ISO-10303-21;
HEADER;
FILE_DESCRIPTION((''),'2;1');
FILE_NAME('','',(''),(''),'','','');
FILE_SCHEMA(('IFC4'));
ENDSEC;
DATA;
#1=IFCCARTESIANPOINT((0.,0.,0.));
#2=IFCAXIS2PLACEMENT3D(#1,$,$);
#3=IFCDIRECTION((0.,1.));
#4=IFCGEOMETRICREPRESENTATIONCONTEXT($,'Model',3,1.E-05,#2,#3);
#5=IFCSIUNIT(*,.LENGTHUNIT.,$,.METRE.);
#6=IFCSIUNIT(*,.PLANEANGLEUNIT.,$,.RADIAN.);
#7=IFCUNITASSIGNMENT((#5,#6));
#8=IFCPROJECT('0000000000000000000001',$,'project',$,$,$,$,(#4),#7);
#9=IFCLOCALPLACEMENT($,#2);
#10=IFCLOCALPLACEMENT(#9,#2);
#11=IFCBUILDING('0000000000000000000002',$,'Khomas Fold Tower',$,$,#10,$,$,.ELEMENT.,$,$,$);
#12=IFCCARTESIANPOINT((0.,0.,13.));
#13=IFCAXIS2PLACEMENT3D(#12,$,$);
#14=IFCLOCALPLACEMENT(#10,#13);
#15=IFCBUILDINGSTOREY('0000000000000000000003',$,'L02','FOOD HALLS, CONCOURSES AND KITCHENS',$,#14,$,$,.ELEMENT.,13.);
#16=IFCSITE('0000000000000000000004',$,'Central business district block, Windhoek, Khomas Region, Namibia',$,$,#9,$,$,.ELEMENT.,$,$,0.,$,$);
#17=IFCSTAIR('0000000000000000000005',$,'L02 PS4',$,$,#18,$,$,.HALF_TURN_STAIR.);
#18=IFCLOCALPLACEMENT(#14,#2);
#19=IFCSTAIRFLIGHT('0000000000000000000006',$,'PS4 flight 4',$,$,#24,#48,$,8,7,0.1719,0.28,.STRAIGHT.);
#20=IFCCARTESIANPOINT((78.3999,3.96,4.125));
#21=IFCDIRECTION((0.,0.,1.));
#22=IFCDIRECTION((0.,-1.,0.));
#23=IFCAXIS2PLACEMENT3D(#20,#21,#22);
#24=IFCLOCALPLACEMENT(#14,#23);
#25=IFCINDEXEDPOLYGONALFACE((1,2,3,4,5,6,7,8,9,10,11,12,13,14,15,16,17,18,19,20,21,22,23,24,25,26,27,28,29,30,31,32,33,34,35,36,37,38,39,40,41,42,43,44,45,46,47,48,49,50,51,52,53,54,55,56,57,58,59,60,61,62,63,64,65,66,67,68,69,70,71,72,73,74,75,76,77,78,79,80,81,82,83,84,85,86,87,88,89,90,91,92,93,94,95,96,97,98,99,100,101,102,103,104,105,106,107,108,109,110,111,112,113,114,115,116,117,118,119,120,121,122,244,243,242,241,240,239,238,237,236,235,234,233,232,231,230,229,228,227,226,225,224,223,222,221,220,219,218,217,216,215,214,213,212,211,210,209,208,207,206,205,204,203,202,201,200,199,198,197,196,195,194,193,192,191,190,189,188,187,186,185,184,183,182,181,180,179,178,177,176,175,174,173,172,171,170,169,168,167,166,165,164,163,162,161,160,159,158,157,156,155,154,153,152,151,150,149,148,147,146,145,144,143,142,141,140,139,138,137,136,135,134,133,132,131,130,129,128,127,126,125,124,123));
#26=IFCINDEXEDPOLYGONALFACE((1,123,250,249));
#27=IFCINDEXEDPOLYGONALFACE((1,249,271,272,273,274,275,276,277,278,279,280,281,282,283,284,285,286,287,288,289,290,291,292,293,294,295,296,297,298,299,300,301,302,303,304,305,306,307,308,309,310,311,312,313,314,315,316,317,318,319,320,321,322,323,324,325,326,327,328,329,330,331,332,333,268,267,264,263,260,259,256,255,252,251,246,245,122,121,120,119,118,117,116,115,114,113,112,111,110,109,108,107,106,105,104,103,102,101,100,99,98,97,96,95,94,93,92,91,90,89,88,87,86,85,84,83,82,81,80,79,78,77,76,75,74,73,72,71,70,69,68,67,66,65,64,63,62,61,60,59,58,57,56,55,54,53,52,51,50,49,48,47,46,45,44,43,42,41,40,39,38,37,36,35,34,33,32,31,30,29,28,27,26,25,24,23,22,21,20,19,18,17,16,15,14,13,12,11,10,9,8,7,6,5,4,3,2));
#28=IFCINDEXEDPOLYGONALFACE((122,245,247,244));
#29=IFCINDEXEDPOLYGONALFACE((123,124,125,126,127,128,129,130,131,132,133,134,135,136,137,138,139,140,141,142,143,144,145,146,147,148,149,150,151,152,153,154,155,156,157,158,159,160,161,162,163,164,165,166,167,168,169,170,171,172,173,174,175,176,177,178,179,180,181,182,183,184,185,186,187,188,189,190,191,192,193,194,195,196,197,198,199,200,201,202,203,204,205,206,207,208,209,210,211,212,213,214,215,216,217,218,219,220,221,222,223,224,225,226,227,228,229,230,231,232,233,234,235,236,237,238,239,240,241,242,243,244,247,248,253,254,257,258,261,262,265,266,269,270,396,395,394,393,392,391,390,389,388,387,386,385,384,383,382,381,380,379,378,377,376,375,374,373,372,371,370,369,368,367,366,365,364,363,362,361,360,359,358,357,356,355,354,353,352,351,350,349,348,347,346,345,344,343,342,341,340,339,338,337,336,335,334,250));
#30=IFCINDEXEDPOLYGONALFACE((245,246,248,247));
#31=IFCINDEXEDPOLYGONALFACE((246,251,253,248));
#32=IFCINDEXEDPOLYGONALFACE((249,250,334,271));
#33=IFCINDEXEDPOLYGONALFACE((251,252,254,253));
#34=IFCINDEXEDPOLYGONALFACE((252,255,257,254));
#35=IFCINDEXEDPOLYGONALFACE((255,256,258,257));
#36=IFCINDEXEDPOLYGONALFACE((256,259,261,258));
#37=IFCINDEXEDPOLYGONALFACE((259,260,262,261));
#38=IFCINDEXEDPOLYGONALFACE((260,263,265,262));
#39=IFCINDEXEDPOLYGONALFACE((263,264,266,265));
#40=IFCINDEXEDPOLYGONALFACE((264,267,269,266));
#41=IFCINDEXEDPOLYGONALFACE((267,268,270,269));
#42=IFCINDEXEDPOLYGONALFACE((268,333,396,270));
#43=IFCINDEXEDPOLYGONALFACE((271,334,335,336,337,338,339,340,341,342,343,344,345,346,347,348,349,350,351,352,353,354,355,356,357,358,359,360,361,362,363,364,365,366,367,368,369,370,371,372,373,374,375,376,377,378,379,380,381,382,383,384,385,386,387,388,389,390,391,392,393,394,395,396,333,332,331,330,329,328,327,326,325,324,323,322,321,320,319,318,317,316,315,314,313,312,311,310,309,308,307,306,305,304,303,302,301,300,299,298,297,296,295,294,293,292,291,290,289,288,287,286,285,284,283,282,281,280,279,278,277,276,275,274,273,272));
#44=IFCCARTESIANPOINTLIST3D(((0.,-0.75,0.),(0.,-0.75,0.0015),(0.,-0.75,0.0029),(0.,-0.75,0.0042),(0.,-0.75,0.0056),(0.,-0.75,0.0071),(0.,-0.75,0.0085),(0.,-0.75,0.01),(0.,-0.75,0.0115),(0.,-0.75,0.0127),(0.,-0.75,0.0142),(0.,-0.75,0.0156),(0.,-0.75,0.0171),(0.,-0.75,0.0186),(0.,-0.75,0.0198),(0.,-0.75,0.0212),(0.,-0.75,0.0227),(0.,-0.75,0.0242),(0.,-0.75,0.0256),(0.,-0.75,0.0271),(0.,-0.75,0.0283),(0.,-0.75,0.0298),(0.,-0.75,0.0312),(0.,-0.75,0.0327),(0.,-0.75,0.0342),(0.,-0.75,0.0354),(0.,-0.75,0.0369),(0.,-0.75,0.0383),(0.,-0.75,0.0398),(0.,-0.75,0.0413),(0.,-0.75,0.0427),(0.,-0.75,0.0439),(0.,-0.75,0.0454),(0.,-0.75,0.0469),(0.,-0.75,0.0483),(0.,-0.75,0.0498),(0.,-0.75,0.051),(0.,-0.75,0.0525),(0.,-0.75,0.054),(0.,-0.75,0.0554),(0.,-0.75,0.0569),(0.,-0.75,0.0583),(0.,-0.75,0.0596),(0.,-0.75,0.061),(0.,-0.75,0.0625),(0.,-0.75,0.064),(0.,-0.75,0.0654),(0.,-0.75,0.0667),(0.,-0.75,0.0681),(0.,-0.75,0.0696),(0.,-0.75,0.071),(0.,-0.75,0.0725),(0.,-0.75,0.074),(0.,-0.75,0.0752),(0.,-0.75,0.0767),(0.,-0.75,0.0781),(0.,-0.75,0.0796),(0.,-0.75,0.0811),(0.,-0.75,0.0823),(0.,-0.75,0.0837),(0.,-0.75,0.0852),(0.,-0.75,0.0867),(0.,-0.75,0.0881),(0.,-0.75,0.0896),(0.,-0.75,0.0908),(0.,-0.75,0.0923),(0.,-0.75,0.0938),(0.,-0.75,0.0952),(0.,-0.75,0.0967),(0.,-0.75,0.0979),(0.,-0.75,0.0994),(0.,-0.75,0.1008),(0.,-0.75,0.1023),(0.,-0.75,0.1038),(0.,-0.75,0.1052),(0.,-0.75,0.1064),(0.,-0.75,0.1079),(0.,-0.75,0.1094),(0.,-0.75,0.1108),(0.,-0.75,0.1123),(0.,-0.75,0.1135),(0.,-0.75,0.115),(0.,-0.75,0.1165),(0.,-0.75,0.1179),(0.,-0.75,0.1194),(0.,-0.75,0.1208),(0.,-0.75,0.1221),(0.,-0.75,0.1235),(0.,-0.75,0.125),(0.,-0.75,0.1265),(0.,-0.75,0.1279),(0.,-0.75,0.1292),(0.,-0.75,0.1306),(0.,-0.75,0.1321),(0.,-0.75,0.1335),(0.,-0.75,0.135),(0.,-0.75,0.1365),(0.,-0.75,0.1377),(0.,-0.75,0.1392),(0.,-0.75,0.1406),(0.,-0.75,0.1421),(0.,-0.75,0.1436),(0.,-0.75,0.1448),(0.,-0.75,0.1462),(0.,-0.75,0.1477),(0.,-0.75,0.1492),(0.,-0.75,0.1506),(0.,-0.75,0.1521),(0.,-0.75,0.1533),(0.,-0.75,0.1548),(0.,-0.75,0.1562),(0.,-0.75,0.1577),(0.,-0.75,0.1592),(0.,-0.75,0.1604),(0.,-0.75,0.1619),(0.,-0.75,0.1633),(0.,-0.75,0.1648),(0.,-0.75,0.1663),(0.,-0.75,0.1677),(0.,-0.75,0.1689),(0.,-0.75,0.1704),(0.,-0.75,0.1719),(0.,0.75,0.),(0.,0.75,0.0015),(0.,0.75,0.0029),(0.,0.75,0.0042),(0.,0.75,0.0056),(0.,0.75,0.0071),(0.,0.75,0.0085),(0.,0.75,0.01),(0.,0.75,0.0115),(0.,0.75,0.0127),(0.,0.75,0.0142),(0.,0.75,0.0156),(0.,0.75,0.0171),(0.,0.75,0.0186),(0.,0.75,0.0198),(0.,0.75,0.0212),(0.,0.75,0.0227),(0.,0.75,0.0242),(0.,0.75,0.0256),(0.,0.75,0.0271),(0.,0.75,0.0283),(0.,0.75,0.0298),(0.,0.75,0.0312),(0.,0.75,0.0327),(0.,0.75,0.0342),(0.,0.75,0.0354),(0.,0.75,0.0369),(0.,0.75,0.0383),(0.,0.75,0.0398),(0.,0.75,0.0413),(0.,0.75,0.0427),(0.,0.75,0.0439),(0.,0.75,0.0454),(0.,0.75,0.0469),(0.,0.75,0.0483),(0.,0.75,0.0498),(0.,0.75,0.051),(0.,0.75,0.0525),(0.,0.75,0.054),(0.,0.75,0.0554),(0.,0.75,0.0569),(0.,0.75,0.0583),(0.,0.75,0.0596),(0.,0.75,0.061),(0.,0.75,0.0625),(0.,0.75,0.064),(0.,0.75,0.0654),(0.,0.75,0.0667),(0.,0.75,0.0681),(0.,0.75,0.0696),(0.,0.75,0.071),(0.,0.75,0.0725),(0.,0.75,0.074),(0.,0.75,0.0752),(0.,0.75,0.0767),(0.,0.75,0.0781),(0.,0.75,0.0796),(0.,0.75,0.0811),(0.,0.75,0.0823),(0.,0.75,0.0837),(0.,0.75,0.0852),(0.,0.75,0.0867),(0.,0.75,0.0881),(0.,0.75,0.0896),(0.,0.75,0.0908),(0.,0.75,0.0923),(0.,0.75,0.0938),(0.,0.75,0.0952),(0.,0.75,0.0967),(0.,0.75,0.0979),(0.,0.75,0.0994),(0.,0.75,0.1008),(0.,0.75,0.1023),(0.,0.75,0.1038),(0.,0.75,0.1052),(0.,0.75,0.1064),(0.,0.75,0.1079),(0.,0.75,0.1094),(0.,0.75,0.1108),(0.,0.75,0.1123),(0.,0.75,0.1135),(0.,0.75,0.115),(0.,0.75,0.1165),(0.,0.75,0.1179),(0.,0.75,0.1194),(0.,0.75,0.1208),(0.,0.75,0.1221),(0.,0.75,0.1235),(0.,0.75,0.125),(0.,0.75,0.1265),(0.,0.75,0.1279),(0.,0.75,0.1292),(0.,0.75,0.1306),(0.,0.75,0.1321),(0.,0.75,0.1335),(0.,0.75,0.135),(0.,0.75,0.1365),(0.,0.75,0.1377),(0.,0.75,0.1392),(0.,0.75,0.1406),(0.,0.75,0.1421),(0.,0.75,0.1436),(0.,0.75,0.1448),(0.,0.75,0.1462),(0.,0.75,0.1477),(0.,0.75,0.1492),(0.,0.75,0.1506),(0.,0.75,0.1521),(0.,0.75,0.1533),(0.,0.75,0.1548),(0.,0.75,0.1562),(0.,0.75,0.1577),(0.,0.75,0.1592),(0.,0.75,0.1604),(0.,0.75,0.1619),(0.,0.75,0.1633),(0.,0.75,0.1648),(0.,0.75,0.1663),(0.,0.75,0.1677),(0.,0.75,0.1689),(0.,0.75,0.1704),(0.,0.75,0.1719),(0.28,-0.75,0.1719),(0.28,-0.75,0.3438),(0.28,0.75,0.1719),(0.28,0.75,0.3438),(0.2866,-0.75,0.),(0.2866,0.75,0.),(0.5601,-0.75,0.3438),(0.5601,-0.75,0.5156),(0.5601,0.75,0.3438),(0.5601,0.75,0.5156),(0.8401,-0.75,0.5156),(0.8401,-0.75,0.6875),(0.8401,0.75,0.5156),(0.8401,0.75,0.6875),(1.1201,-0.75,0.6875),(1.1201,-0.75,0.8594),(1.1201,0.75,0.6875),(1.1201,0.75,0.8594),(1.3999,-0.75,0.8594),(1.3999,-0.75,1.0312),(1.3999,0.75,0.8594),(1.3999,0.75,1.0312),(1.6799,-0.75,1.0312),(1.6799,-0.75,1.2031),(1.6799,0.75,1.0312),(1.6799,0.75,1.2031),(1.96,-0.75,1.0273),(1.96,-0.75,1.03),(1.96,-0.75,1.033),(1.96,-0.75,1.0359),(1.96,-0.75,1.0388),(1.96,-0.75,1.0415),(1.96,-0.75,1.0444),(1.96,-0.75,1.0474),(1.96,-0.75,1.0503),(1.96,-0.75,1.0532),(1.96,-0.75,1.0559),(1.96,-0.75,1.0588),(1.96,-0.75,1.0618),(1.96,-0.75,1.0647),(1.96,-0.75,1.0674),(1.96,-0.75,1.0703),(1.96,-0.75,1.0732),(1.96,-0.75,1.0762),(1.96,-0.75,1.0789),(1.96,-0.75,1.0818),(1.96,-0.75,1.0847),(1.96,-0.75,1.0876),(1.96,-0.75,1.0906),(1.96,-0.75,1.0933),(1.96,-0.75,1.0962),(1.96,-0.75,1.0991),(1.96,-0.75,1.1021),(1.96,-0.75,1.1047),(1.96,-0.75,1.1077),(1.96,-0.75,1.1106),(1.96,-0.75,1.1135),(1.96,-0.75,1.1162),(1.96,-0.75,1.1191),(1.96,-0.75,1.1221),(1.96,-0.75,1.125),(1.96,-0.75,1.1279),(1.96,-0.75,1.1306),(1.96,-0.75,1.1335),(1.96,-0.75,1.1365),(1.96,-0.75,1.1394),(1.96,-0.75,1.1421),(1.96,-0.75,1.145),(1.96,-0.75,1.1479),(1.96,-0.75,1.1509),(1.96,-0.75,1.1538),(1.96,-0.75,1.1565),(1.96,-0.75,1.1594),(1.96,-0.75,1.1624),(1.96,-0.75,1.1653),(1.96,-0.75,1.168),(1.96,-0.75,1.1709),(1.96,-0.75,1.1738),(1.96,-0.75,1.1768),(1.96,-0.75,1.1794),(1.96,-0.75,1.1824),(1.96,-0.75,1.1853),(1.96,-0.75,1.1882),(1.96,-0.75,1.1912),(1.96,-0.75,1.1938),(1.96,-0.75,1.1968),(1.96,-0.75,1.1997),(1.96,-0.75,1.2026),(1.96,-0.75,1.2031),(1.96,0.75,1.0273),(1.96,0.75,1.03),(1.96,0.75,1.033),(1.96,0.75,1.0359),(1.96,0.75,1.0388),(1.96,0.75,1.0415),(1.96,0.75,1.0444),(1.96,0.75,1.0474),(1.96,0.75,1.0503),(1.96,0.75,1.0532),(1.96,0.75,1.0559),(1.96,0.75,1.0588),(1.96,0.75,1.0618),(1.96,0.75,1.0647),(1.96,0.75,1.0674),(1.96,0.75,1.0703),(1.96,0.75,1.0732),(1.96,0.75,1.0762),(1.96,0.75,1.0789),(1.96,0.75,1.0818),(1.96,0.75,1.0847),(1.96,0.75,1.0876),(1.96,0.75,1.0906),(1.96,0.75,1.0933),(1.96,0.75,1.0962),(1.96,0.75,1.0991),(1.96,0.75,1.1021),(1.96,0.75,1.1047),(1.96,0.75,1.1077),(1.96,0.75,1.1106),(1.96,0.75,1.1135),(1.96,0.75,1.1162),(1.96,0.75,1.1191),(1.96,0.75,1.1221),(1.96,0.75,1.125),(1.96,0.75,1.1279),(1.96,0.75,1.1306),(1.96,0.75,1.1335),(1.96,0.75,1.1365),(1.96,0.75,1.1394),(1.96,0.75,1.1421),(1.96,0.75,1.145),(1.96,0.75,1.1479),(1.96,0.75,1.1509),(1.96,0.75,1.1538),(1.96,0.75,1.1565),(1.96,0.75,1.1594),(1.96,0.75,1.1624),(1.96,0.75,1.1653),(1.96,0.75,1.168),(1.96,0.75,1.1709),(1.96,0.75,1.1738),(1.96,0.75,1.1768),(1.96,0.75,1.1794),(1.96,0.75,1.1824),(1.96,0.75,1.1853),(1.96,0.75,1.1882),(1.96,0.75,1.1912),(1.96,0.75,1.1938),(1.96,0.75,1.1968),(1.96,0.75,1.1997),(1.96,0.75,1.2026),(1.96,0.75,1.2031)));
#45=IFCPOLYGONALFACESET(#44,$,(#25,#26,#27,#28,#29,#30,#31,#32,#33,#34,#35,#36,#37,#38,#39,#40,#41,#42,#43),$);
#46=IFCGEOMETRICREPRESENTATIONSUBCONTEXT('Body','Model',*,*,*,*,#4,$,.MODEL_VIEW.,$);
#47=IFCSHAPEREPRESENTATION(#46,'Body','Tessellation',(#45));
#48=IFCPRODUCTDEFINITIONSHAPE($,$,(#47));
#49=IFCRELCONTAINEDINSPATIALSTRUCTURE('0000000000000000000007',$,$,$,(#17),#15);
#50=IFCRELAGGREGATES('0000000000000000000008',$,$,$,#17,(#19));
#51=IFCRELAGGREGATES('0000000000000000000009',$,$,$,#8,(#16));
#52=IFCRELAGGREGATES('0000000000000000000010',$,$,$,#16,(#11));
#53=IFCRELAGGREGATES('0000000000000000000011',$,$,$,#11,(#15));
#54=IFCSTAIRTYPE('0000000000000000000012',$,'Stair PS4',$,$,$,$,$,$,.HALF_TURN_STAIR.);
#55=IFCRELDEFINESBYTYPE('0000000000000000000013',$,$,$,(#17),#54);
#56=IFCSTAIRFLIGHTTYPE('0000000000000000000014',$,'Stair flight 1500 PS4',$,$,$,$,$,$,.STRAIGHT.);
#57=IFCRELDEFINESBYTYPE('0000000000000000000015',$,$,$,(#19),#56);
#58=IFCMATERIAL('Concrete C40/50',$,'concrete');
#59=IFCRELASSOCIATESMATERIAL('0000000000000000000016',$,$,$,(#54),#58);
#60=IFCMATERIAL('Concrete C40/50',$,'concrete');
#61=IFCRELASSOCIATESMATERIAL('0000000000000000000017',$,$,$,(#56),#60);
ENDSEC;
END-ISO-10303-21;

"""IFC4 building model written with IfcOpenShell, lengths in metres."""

from ifc_helpers import new_model, si_unit, direction, frame, origin, place, context, subcontext, project, spatial, polyline, outline, extrude, source, transform, mapped, material, type_object, element, aggregate, save


model = new_model("IFC4")

# Units and contexts
model_context = context("Model", 3, precision=1e-05, world=origin(), true_north=direction((0.0, 1.0)))
body_context = subcontext(model_context, "Body", "Model", "MODEL_VIEW")
ifc_project = project(units=[si_unit("LENGTHUNIT", "METRE"), si_unit("PLANEANGLEUNIT", "RADIAN")], contexts=[model_context])

# Site, building, storey
site_placement = place(None, origin())
site = spatial("IfcSite", under=ifc_project, at=site_placement, Name="Central business district block, Windhoek, Khomas Region, Namibia", CompositionType="ELEMENT", RefElevation=0.0)
building_placement = place(site_placement, origin())
building = spatial("IfcBuilding", under=site, at=building_placement, Name="Khomas Fold Tower", CompositionType="ELEMENT")
storey_placement = place(building_placement, frame((0.0, 0.0, 13.0)))
storey = spatial("IfcBuildingStorey", under=building, at=storey_placement, Name="L02", Description="FOOD HALLS, CONCOURSES AND KITCHENS", CompositionType="ELEMENT", Elevation=13.0)

# Stair, stair flight
ifc_material_1 = material(Name="Concrete C40/50", Category="concrete")
stair_type = type_object("IfcStairType", Name="Stair PS4", PredefinedType="HALF_TURN_STAIR", material=ifc_material_1)
stair_placement = place(storey_placement, origin())
stair = element("IfcStair", 1, at=stair_placement, inside=storey, type_object=stair_type, Name="L02 PS4", PredefinedType="HALF_TURN_STAIR")
ifc_material_2 = material(Name="Concrete C40/50", Category="concrete")
stair_flight_type = type_object("IfcStairFlightType", Name="Stair flight 1500 PS4", PredefinedType="STRAIGHT", material=ifc_material_2)
shared_shape_1 = source(origin(), body_context, "Body", "SweptSolid", [
    extrude(outline(polyline([(0.0, 0.0), (0.0, 0.0015), (0.0, 0.0029), (0.0, 0.0042), (0.0, 0.0056), (0.0, 0.0071), (0.0, 0.0085), (0.0, 0.01), (0.0, 0.0115), (0.0, 0.0127), (0.0, 0.0142), (0.0, 0.0156), (0.0, 0.0171), (0.0, 0.0186), (0.0, 0.0198), (0.0, 0.0212), (0.0, 0.0227), (0.0, 0.0242), (0.0, 0.0256), (0.0, 0.0271), (0.0, 0.0283), (0.0, 0.0298), (0.0, 0.0312), (0.0, 0.0327), (0.0, 0.0342), (0.0, 0.0354), (0.0, 0.0369), (0.0, 0.0383), (0.0, 0.0398), (0.0, 0.0413), (0.0, 0.0427), (0.0, 0.0439), (0.0, 0.0454), (0.0, 0.0469), (0.0, 0.0483), (0.0, 0.0498), (0.0, 0.051), (0.0, 0.0525), (0.0, 0.054), (0.0, 0.0554), (0.0, 0.0569), (0.0, 0.0583), (0.0, 0.0596), (0.0, 0.061), (0.0, 0.0625), (0.0, 0.064), (0.0, 0.0654), (0.0, 0.0667), (0.0, 0.0681), (0.0, 0.0696), (0.0, 0.071), (0.0, 0.0725), (0.0, 0.074), (0.0, 0.0752), (0.0, 0.0767), (0.0, 0.0781), (0.0, 0.0796), (0.0, 0.0811), (0.0, 0.0823), (0.0, 0.0837), (0.0, 0.0852), (0.0, 0.0867), (0.0, 0.0881), (0.0, 0.0896), (0.0, 0.0908), (0.0, 0.0923), (0.0, 0.0938), (0.0, 0.0952), (0.0, 0.0967), (0.0, 0.0979), (0.0, 0.0994), (0.0, 0.1008), (0.0, 0.1023), (0.0, 0.1038), (0.0, 0.1052), (0.0, 0.1064), (0.0, 0.1079), (0.0, 0.1094), (0.0, 0.1108), (0.0, 0.1123), (0.0, 0.1135), (0.0, 0.115), (0.0, 0.1165), (0.0, 0.1179), (0.0, 0.1194), (0.0, 0.1208), (0.0, 0.1221), (0.0, 0.1235), (0.0, 0.125), (0.0, 0.1265), (0.0, 0.1279), (0.0, 0.1292), (0.0, 0.1306), (0.0, 0.1321), (0.0, 0.1335), (0.0, 0.135), (0.0, 0.1365), (0.0, 0.1377), (0.0, 0.1392), (0.0, 0.1406), (0.0, 0.1421), (0.0, 0.1436), (0.0, 0.1448), (0.0, 0.1462), (0.0, 0.1477), (0.0, 0.1492), (0.0, 0.1506), (0.0, 0.1521), (0.0, 0.1533), (0.0, 0.1548), (0.0, 0.1562), (0.0, 0.1577), (0.0, 0.1592), (0.0, 0.1604), (0.0, 0.1619), (0.0, 0.1633), (0.0, 0.1648), (0.0, 0.1663), (0.0, 0.1677), (0.0, 0.1689), (0.0, 0.1704), (0.0, 0.1719), (0.28, 0.1719), (0.28, 0.3438), (0.5601, 0.3438), (0.5601, 0.5156), (0.8401, 0.5156), (0.8401, 0.6875), (1.1201, 0.6875), (1.1201, 0.8594), (1.3999, 0.8594), (1.3999, 1.0312), (1.6799, 1.0312), (1.6799, 1.2031), (1.96, 1.2031), (1.96, 1.375), (1.96, 1.3721), (1.96, 1.3691), (1.96, 1.3665), (1.96, 1.3635), (1.96, 1.3606), (1.96, 1.3577), (1.96, 1.355), (1.96, 1.3521), (1.96, 1.3491), (1.96, 1.3462), (1.96, 1.3435), (1.96, 1.3406), (1.96, 1.3376), (1.96, 1.3347), (1.96, 1.3318), (1.96, 1.3291), (1.96, 1.3262), (1.96, 1.3232), (1.96, 1.3203), (1.96, 1.3176), (1.96, 1.3147), (1.96, 1.3118), (1.96, 1.3088), (1.96, 1.3059), (1.96, 1.3032), (1.96, 1.3003), (1.96, 1.2974), (1.96, 1.2944), (1.96, 1.2917), (1.96, 1.2888), (1.96, 1.2859), (1.96, 1.283), (1.96, 1.2803), (1.96, 1.2773), (1.96, 1.2744), (1.96, 1.2715), (1.96, 1.2686), (1.96, 1.2659), (1.96, 1.2629), (1.96, 1.26), (1.96, 1.2571), (1.96, 1.2544), (1.96, 1.2515), (1.96, 1.2485), (1.96, 1.2456), (1.96, 1.2427), (1.96, 1.24), (1.96, 1.2371), (1.96, 1.2341), (1.96, 1.2312), (1.96, 1.2285), (1.96, 1.2256), (1.96, 1.2227), (1.96, 1.2197), (1.96, 1.217), (1.96, 1.2141), (1.96, 1.2112), (1.96, 1.2083), (1.96, 1.2053), (1.96, 1.2026), (1.96, 1.1997), (1.96, 1.1968), (1.96, 1.1938), (1.96, 1.1912), (1.96, 1.1882), (1.96, 1.1853), (1.96, 1.1824), (1.96, 1.1794), (1.96, 1.1768), (1.96, 1.1738), (1.96, 1.1709), (1.96, 1.168), (1.96, 1.1653), (1.96, 1.1624), (1.96, 1.1594), (1.96, 1.1565), (1.96, 1.1538), (1.96, 1.1509), (1.96, 1.1479), (1.96, 1.145), (1.96, 1.1421), (1.96, 1.1394), (1.96, 1.1365), (1.96, 1.1335), (1.96, 1.1306), (1.96, 1.1279), (1.96, 1.125), (1.96, 1.1221), (1.96, 1.1191), (1.96, 1.1162), (1.96, 1.1135), (1.96, 1.1106), (1.96, 1.1077), (1.96, 1.1047), (1.96, 1.1021), (1.96, 1.0991), (1.96, 1.0962), (1.96, 1.0933), (1.96, 1.0906), (1.96, 1.0876), (1.96, 1.0847), (1.96, 1.0818), (1.96, 1.0789), (1.96, 1.0762), (1.96, 1.0732), (1.96, 1.0703), (1.96, 1.0674), (1.96, 1.0647), (1.96, 1.0618), (1.96, 1.0588), (1.96, 1.0559), (1.96, 1.0532), (1.96, 1.0503), (1.96, 1.0474), (1.96, 1.0444), (1.96, 1.0415), (1.96, 1.0388), (1.96, 1.0359), (1.96, 1.033), (1.96, 1.03), (1.96, 1.0273), (0.2866, 0.0), (0.0, 0.0)])), frame((0.0, 0.75, 0.0), z_axis=(0.0, -1.0, 0.0), x_axis=(1.0, 0.0, 0.0)), (0.0, 0.0, 1.0), 1.5),
])
stair_flight_1_placement = place(storey_placement, frame((78.3999, 3.96, 4.125), z_axis=(0.0, 0.0, 1.0), x_axis=(0.0, -1.0, 0.0)))
stair_flight_1 = element("IfcStairFlight", 2, at=stair_flight_1_placement, type_object=stair_flight_type, Name="PS4 flight 4", NumberOfRisers=8, NumberOfTreads=7, PredefinedType="STRAIGHT", RiserHeight=0.1719, TreadLength=0.28, context=body_context, shape_type="MappedRepresentation", body=[
    mapped(shared_shape_1, transform((0.0, 0.0, 0.0))),
])
aggregate(stair, [stair_flight_1])

save(model, "model.ifc")
